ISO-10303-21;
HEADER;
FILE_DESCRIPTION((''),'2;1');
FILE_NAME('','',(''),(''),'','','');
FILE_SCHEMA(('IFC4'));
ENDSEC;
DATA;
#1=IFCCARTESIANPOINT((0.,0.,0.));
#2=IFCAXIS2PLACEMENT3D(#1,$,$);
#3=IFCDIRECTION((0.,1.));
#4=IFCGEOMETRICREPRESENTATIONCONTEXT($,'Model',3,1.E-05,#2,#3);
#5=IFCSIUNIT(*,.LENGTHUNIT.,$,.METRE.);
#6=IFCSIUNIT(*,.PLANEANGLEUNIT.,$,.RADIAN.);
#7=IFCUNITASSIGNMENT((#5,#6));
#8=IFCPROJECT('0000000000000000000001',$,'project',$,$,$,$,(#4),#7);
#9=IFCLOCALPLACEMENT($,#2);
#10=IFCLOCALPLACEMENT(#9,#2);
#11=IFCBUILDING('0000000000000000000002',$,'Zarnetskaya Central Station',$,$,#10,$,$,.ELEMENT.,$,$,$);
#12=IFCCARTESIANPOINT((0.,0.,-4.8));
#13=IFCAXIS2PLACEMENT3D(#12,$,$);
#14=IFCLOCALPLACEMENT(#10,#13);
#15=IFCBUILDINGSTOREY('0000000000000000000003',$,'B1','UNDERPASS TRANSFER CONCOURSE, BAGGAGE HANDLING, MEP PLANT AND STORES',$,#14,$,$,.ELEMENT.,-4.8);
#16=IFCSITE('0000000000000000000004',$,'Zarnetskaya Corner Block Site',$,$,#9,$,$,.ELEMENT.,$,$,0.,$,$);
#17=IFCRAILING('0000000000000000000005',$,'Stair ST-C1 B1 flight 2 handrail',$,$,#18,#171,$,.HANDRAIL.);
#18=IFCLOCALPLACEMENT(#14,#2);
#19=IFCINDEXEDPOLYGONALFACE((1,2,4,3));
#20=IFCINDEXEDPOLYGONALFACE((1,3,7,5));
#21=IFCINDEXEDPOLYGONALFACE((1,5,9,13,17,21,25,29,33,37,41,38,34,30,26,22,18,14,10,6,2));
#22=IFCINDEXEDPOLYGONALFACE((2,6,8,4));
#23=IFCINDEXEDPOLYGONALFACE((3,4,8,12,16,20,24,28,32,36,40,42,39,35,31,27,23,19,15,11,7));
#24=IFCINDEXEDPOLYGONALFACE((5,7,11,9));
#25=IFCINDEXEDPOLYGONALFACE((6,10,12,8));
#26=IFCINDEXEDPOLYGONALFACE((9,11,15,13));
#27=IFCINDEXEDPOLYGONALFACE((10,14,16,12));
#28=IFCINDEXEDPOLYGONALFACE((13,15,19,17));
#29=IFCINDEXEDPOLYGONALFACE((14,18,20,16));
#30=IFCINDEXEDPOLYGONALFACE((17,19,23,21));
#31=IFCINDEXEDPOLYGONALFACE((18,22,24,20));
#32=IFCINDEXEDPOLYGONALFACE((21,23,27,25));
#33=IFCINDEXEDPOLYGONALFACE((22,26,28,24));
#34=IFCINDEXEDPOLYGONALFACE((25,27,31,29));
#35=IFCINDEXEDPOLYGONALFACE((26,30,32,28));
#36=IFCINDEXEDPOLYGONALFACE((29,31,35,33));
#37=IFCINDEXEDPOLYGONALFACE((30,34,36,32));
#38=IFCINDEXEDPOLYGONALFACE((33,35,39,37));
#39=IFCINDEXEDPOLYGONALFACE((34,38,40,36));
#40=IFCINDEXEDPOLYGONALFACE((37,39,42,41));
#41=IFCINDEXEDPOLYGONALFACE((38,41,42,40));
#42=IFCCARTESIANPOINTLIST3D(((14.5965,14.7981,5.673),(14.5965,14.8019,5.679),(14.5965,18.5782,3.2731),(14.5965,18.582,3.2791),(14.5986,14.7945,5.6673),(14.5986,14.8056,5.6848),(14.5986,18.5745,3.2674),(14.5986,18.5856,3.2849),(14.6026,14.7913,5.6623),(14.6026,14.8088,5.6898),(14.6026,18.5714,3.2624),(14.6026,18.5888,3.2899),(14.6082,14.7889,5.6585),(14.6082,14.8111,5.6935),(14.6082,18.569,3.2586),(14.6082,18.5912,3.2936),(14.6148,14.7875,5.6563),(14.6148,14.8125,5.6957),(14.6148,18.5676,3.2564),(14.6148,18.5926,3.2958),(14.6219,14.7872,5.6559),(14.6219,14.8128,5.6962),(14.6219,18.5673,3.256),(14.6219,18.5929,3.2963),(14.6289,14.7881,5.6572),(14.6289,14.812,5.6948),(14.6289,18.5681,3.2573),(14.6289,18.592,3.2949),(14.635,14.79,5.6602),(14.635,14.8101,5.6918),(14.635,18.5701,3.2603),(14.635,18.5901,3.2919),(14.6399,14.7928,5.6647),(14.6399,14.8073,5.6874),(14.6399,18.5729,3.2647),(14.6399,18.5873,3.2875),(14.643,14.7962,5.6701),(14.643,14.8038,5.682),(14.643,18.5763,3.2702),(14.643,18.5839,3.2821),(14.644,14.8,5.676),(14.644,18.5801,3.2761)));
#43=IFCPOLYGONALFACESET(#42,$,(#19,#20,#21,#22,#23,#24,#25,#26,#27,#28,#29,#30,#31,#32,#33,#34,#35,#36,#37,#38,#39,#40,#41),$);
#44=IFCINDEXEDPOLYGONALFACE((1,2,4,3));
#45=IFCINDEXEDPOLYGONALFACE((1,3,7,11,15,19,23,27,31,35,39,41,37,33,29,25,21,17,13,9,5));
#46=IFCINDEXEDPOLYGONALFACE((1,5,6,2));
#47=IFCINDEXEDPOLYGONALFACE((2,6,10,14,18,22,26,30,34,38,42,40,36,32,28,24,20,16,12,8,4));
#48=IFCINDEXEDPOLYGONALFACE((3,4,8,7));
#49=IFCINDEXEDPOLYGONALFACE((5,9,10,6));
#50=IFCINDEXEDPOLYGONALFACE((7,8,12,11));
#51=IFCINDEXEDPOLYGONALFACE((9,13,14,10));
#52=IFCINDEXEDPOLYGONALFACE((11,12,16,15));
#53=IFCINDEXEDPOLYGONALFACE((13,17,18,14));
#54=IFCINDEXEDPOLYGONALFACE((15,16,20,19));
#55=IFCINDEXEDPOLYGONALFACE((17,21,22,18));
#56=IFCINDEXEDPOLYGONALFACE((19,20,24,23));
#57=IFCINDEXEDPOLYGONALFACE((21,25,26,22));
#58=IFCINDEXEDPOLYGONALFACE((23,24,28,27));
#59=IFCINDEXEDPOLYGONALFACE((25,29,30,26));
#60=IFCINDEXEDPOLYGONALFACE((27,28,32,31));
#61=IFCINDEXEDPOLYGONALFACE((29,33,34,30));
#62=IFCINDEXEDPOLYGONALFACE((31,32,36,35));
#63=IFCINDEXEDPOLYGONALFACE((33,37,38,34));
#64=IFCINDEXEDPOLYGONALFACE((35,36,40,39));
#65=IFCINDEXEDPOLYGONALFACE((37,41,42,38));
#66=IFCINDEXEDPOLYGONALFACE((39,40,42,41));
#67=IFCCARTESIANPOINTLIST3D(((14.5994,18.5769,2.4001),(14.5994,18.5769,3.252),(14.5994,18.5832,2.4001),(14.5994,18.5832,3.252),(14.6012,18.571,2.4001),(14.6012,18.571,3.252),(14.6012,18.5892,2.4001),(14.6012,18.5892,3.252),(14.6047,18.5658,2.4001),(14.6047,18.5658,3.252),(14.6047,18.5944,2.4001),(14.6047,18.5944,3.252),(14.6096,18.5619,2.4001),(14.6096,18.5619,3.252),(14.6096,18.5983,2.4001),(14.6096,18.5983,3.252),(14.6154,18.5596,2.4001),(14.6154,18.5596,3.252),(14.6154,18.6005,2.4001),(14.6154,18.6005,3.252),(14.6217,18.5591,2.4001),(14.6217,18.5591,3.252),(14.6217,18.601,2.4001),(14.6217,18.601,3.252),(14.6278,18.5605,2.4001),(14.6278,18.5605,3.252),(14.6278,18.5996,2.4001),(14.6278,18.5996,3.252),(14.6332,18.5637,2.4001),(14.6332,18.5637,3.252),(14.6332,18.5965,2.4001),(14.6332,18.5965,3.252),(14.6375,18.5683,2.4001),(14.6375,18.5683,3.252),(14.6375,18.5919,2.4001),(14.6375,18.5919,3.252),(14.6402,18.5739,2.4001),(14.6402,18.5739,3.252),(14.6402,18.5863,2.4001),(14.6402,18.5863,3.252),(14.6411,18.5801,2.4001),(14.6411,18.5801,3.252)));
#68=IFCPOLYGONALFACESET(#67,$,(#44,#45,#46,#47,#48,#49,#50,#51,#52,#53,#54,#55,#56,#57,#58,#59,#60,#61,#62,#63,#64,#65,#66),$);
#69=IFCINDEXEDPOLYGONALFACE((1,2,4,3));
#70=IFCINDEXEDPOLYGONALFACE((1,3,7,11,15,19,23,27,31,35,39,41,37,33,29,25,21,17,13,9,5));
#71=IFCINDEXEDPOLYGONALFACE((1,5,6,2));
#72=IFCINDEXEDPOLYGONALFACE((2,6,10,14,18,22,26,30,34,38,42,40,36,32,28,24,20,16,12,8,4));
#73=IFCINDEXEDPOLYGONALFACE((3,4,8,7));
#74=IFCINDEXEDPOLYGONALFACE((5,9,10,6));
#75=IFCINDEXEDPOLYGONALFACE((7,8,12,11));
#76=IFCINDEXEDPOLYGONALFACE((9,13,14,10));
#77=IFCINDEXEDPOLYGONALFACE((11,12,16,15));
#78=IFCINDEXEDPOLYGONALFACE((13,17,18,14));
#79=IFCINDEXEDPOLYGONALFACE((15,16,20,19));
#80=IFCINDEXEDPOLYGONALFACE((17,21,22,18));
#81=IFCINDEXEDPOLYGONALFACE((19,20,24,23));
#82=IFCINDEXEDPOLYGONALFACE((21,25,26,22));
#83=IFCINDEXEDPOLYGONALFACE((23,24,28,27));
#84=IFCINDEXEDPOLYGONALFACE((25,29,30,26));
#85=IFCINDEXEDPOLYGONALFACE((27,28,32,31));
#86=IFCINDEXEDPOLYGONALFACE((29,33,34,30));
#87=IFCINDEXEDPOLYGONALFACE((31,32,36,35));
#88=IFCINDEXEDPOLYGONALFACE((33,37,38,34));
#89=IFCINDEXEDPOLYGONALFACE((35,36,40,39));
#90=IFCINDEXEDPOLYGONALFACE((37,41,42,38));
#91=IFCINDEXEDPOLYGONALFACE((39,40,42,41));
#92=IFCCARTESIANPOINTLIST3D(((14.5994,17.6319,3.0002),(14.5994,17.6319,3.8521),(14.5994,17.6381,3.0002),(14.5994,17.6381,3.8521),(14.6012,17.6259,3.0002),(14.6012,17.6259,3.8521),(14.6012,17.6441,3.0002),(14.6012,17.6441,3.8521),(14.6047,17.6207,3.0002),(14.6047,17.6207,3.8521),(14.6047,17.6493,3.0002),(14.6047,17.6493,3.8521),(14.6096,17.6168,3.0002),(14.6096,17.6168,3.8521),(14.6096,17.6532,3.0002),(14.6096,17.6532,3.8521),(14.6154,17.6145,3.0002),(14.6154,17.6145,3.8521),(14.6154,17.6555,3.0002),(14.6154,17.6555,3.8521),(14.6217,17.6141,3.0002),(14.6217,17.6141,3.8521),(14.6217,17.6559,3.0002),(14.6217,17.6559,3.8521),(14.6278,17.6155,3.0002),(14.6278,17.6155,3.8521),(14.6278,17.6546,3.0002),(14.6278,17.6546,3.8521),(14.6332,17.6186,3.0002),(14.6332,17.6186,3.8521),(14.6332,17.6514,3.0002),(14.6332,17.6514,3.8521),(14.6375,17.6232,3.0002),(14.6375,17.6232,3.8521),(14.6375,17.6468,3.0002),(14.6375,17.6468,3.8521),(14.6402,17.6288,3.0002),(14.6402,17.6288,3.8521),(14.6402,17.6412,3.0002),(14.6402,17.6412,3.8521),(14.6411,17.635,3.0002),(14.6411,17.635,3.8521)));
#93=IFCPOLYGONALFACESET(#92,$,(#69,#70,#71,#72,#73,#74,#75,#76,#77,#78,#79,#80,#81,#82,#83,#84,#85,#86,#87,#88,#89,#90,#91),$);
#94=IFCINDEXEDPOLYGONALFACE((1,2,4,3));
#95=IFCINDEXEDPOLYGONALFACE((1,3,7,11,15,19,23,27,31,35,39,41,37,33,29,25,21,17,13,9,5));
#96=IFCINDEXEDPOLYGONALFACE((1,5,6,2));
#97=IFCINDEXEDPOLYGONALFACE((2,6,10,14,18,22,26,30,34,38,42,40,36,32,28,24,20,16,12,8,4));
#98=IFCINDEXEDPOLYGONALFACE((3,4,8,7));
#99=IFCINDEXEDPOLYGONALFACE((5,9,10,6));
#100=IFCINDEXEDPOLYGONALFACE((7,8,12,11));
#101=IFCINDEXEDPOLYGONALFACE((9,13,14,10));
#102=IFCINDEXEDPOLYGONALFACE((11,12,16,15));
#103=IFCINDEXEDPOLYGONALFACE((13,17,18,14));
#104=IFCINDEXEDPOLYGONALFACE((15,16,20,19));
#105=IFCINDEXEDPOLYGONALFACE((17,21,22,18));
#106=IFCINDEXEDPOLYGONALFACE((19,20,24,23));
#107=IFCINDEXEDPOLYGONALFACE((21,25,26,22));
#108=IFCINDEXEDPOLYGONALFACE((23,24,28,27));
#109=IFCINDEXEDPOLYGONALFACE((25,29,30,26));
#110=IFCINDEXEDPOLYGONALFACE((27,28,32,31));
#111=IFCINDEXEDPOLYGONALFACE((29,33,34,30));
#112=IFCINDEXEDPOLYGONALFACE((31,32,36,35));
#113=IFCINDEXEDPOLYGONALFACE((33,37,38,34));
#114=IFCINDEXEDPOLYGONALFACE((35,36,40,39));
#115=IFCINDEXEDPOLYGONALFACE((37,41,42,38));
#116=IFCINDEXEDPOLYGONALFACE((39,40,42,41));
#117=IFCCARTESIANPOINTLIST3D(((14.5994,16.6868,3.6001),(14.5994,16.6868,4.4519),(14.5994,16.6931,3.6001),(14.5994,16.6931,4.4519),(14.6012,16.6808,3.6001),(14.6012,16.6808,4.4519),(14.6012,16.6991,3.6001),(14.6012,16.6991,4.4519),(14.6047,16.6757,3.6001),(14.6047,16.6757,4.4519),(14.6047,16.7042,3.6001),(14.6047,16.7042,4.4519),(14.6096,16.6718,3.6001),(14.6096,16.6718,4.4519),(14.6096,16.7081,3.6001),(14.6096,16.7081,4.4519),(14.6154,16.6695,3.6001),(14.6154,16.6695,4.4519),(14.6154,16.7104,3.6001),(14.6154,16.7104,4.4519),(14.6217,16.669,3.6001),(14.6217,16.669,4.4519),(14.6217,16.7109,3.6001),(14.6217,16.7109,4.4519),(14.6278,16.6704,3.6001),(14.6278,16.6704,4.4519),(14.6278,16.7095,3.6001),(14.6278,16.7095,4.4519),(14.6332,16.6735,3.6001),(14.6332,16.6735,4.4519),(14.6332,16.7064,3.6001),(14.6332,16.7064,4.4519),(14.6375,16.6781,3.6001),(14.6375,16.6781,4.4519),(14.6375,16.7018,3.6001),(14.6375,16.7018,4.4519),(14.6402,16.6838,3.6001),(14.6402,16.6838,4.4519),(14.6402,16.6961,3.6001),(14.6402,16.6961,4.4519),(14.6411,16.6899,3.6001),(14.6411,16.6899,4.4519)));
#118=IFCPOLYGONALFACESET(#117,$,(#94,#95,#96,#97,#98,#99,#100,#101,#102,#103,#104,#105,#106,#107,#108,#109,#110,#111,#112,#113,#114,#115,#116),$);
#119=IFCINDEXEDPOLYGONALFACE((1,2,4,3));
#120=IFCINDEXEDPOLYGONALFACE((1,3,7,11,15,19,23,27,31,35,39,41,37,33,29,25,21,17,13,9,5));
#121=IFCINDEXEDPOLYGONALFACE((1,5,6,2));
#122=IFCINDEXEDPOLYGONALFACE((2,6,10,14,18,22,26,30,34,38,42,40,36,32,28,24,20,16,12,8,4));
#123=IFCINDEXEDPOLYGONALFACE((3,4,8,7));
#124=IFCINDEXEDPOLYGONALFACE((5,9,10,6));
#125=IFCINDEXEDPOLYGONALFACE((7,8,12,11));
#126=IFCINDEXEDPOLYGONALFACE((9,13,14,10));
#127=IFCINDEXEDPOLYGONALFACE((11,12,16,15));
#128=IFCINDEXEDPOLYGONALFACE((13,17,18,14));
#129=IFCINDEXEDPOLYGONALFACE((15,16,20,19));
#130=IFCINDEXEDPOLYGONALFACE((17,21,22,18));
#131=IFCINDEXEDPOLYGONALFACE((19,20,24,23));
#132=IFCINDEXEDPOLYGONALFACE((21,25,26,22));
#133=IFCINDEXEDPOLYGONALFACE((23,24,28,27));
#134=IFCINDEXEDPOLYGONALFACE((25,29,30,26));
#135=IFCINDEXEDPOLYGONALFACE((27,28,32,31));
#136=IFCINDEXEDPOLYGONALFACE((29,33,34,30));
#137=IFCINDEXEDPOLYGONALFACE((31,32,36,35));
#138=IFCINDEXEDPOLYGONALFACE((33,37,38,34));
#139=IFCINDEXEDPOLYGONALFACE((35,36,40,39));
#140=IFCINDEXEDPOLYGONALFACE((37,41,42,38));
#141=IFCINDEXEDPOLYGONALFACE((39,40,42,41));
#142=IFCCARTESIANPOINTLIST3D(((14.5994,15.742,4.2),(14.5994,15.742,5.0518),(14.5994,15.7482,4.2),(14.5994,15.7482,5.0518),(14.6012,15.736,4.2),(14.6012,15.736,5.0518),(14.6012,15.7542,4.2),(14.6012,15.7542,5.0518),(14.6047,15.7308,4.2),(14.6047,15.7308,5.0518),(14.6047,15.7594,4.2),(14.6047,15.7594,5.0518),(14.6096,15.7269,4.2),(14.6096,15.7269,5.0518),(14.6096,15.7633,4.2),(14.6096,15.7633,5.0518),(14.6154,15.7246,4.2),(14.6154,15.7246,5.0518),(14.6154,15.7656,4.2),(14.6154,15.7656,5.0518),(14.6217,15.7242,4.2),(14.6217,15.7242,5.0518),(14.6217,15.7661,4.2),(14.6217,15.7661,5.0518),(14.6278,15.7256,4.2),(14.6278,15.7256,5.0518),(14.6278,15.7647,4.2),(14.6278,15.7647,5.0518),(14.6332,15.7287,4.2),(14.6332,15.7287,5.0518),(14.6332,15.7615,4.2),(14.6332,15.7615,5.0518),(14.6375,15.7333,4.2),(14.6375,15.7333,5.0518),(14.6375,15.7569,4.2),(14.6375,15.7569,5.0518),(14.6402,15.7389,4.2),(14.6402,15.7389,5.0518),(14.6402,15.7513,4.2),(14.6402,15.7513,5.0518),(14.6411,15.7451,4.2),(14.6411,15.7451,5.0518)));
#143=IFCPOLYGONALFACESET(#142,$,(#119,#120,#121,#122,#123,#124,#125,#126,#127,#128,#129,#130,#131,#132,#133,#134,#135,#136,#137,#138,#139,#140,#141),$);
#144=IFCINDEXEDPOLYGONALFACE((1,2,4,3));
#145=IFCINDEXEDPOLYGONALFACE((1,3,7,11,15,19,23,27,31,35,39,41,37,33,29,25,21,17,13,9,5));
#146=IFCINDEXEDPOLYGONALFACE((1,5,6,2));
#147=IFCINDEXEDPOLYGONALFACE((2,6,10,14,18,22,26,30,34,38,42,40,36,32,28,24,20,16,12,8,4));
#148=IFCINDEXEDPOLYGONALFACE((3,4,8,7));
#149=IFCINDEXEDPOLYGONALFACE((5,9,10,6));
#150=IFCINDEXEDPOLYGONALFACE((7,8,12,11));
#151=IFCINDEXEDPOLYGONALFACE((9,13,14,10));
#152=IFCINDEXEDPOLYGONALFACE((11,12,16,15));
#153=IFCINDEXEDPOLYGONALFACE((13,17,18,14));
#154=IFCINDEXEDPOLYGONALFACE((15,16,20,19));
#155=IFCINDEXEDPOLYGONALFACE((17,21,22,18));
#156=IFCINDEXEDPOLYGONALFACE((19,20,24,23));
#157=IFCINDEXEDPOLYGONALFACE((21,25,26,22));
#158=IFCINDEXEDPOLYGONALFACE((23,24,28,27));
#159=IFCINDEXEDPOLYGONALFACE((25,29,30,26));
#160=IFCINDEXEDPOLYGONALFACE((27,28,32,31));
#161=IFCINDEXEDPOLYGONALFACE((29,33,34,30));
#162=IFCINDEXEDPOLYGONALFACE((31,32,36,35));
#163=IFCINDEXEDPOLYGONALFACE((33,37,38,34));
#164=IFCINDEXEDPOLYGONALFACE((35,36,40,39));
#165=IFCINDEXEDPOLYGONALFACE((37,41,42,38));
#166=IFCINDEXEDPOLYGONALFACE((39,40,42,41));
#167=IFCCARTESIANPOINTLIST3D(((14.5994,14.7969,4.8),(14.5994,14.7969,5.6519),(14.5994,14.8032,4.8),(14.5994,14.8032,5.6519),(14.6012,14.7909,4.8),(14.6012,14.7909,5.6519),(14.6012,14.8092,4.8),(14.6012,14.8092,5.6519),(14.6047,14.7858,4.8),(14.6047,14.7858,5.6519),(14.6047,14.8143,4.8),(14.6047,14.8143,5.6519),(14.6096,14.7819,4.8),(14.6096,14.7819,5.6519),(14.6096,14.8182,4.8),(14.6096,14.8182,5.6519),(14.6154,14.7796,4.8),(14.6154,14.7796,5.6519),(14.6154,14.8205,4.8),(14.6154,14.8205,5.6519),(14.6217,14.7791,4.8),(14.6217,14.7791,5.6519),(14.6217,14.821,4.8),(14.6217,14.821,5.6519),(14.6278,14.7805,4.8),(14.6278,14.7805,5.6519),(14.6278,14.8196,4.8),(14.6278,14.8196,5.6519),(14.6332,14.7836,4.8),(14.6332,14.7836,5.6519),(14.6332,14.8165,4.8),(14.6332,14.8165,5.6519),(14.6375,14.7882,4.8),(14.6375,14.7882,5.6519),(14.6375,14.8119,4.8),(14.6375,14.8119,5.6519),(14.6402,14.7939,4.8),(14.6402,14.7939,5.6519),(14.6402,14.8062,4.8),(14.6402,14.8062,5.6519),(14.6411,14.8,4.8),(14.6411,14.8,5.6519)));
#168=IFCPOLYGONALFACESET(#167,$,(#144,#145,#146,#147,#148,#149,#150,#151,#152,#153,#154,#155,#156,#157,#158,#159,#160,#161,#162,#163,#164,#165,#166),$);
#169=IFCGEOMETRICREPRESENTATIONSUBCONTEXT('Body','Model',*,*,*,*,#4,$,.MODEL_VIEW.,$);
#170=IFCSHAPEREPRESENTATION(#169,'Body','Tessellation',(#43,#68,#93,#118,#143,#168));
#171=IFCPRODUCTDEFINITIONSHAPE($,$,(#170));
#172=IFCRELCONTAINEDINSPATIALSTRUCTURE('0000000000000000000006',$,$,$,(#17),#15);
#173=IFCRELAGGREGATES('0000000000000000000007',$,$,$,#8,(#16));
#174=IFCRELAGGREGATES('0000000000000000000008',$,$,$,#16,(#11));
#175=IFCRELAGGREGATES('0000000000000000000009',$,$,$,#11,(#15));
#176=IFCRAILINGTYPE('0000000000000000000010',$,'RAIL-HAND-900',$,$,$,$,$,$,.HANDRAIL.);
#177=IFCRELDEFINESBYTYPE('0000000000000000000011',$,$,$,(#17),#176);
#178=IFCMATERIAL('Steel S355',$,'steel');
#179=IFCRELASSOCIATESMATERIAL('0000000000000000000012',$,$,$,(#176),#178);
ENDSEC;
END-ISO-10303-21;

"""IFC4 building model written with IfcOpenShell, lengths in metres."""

from ifc_helpers import new_model, si_unit, direction, frame, origin, origin_2d, place, context, subcontext, project, spatial, circle, extrude, material, type_object, element, save


model = new_model("IFC4")

# Units and contexts
model_context = context("Model", 3, precision=1e-05, world=origin(), true_north=direction((0.0, 1.0)))
body_context = subcontext(model_context, "Body", "Model", "MODEL_VIEW")
ifc_project = project(units=[si_unit("LENGTHUNIT", "METRE"), si_unit("PLANEANGLEUNIT", "RADIAN")], contexts=[model_context])

# Site, building, storey
site_placement = place(None, origin())
site = spatial("IfcSite", under=ifc_project, at=site_placement, Name="Zarnetskaya Corner Block Site", CompositionType="ELEMENT", RefElevation=0.0)
building_placement = place(site_placement, origin())
building = spatial("IfcBuilding", under=site, at=building_placement, Name="Zarnetskaya Central Station", CompositionType="ELEMENT")
storey_placement = place(building_placement, frame((0.0, 0.0, -4.8)))
storey = spatial("IfcBuildingStorey", under=building, at=storey_placement, Name="B1", Description="UNDERPASS TRANSFER CONCOURSE, BAGGAGE HANDLING, MEP PLANT AND STORES", CompositionType="ELEMENT", Elevation=-4.8)

# Railing
ifc_material_1 = material(Name="Steel S355", Category="steel")
railing_type_1 = type_object("IfcRailingType", Name="RAIL-HAND-900", PredefinedType="HANDRAIL", material=ifc_material_1)
railing_1_placement = place(storey_placement, frame((14.6201, 18.5801, 2.4001)))
element("IfcRailing", 1, at=railing_1_placement, inside=storey, type_object=railing_type_1, Name="Stair ST-C1 B1 flight 2 handrail", PredefinedType="HANDRAIL", context=body_context, shape_type="SweptSolid", body=[
    extrude(circle(Radius=0.0239, at=origin_2d()), frame((0.0, 0.0, 0.876), z_axis=(0.0, -0.844225, 0.53599), x_axis=(1.0, 0.0, 0.0)), (0.0, 0.0, 1.0), 4.4775),
    extrude(circle(Radius=0.021, at=origin_2d()), origin(), (0.0, 0.0, 1.0), 0.8518),
    extrude(circle(Radius=0.021, at=origin_2d()), frame((0.0, -0.9451, 0.6001)), (0.0, 0.0, 1.0), 0.8518),
    extrude(circle(Radius=0.021, at=origin_2d()), frame((0.0, -1.8901, 1.2)), (0.0, 0.0, 1.0), 0.8518),
    extrude(circle(Radius=0.021, at=origin_2d()), frame((0.0, -2.835, 1.7998)), (0.0, 0.0, 1.0), 0.8518),
    extrude(circle(Radius=0.021, at=origin_2d()), frame((0.0, -3.78, 2.3999)), (0.0, 0.0, 1.0), 0.8518),
])

save(model, "model.ifc")
